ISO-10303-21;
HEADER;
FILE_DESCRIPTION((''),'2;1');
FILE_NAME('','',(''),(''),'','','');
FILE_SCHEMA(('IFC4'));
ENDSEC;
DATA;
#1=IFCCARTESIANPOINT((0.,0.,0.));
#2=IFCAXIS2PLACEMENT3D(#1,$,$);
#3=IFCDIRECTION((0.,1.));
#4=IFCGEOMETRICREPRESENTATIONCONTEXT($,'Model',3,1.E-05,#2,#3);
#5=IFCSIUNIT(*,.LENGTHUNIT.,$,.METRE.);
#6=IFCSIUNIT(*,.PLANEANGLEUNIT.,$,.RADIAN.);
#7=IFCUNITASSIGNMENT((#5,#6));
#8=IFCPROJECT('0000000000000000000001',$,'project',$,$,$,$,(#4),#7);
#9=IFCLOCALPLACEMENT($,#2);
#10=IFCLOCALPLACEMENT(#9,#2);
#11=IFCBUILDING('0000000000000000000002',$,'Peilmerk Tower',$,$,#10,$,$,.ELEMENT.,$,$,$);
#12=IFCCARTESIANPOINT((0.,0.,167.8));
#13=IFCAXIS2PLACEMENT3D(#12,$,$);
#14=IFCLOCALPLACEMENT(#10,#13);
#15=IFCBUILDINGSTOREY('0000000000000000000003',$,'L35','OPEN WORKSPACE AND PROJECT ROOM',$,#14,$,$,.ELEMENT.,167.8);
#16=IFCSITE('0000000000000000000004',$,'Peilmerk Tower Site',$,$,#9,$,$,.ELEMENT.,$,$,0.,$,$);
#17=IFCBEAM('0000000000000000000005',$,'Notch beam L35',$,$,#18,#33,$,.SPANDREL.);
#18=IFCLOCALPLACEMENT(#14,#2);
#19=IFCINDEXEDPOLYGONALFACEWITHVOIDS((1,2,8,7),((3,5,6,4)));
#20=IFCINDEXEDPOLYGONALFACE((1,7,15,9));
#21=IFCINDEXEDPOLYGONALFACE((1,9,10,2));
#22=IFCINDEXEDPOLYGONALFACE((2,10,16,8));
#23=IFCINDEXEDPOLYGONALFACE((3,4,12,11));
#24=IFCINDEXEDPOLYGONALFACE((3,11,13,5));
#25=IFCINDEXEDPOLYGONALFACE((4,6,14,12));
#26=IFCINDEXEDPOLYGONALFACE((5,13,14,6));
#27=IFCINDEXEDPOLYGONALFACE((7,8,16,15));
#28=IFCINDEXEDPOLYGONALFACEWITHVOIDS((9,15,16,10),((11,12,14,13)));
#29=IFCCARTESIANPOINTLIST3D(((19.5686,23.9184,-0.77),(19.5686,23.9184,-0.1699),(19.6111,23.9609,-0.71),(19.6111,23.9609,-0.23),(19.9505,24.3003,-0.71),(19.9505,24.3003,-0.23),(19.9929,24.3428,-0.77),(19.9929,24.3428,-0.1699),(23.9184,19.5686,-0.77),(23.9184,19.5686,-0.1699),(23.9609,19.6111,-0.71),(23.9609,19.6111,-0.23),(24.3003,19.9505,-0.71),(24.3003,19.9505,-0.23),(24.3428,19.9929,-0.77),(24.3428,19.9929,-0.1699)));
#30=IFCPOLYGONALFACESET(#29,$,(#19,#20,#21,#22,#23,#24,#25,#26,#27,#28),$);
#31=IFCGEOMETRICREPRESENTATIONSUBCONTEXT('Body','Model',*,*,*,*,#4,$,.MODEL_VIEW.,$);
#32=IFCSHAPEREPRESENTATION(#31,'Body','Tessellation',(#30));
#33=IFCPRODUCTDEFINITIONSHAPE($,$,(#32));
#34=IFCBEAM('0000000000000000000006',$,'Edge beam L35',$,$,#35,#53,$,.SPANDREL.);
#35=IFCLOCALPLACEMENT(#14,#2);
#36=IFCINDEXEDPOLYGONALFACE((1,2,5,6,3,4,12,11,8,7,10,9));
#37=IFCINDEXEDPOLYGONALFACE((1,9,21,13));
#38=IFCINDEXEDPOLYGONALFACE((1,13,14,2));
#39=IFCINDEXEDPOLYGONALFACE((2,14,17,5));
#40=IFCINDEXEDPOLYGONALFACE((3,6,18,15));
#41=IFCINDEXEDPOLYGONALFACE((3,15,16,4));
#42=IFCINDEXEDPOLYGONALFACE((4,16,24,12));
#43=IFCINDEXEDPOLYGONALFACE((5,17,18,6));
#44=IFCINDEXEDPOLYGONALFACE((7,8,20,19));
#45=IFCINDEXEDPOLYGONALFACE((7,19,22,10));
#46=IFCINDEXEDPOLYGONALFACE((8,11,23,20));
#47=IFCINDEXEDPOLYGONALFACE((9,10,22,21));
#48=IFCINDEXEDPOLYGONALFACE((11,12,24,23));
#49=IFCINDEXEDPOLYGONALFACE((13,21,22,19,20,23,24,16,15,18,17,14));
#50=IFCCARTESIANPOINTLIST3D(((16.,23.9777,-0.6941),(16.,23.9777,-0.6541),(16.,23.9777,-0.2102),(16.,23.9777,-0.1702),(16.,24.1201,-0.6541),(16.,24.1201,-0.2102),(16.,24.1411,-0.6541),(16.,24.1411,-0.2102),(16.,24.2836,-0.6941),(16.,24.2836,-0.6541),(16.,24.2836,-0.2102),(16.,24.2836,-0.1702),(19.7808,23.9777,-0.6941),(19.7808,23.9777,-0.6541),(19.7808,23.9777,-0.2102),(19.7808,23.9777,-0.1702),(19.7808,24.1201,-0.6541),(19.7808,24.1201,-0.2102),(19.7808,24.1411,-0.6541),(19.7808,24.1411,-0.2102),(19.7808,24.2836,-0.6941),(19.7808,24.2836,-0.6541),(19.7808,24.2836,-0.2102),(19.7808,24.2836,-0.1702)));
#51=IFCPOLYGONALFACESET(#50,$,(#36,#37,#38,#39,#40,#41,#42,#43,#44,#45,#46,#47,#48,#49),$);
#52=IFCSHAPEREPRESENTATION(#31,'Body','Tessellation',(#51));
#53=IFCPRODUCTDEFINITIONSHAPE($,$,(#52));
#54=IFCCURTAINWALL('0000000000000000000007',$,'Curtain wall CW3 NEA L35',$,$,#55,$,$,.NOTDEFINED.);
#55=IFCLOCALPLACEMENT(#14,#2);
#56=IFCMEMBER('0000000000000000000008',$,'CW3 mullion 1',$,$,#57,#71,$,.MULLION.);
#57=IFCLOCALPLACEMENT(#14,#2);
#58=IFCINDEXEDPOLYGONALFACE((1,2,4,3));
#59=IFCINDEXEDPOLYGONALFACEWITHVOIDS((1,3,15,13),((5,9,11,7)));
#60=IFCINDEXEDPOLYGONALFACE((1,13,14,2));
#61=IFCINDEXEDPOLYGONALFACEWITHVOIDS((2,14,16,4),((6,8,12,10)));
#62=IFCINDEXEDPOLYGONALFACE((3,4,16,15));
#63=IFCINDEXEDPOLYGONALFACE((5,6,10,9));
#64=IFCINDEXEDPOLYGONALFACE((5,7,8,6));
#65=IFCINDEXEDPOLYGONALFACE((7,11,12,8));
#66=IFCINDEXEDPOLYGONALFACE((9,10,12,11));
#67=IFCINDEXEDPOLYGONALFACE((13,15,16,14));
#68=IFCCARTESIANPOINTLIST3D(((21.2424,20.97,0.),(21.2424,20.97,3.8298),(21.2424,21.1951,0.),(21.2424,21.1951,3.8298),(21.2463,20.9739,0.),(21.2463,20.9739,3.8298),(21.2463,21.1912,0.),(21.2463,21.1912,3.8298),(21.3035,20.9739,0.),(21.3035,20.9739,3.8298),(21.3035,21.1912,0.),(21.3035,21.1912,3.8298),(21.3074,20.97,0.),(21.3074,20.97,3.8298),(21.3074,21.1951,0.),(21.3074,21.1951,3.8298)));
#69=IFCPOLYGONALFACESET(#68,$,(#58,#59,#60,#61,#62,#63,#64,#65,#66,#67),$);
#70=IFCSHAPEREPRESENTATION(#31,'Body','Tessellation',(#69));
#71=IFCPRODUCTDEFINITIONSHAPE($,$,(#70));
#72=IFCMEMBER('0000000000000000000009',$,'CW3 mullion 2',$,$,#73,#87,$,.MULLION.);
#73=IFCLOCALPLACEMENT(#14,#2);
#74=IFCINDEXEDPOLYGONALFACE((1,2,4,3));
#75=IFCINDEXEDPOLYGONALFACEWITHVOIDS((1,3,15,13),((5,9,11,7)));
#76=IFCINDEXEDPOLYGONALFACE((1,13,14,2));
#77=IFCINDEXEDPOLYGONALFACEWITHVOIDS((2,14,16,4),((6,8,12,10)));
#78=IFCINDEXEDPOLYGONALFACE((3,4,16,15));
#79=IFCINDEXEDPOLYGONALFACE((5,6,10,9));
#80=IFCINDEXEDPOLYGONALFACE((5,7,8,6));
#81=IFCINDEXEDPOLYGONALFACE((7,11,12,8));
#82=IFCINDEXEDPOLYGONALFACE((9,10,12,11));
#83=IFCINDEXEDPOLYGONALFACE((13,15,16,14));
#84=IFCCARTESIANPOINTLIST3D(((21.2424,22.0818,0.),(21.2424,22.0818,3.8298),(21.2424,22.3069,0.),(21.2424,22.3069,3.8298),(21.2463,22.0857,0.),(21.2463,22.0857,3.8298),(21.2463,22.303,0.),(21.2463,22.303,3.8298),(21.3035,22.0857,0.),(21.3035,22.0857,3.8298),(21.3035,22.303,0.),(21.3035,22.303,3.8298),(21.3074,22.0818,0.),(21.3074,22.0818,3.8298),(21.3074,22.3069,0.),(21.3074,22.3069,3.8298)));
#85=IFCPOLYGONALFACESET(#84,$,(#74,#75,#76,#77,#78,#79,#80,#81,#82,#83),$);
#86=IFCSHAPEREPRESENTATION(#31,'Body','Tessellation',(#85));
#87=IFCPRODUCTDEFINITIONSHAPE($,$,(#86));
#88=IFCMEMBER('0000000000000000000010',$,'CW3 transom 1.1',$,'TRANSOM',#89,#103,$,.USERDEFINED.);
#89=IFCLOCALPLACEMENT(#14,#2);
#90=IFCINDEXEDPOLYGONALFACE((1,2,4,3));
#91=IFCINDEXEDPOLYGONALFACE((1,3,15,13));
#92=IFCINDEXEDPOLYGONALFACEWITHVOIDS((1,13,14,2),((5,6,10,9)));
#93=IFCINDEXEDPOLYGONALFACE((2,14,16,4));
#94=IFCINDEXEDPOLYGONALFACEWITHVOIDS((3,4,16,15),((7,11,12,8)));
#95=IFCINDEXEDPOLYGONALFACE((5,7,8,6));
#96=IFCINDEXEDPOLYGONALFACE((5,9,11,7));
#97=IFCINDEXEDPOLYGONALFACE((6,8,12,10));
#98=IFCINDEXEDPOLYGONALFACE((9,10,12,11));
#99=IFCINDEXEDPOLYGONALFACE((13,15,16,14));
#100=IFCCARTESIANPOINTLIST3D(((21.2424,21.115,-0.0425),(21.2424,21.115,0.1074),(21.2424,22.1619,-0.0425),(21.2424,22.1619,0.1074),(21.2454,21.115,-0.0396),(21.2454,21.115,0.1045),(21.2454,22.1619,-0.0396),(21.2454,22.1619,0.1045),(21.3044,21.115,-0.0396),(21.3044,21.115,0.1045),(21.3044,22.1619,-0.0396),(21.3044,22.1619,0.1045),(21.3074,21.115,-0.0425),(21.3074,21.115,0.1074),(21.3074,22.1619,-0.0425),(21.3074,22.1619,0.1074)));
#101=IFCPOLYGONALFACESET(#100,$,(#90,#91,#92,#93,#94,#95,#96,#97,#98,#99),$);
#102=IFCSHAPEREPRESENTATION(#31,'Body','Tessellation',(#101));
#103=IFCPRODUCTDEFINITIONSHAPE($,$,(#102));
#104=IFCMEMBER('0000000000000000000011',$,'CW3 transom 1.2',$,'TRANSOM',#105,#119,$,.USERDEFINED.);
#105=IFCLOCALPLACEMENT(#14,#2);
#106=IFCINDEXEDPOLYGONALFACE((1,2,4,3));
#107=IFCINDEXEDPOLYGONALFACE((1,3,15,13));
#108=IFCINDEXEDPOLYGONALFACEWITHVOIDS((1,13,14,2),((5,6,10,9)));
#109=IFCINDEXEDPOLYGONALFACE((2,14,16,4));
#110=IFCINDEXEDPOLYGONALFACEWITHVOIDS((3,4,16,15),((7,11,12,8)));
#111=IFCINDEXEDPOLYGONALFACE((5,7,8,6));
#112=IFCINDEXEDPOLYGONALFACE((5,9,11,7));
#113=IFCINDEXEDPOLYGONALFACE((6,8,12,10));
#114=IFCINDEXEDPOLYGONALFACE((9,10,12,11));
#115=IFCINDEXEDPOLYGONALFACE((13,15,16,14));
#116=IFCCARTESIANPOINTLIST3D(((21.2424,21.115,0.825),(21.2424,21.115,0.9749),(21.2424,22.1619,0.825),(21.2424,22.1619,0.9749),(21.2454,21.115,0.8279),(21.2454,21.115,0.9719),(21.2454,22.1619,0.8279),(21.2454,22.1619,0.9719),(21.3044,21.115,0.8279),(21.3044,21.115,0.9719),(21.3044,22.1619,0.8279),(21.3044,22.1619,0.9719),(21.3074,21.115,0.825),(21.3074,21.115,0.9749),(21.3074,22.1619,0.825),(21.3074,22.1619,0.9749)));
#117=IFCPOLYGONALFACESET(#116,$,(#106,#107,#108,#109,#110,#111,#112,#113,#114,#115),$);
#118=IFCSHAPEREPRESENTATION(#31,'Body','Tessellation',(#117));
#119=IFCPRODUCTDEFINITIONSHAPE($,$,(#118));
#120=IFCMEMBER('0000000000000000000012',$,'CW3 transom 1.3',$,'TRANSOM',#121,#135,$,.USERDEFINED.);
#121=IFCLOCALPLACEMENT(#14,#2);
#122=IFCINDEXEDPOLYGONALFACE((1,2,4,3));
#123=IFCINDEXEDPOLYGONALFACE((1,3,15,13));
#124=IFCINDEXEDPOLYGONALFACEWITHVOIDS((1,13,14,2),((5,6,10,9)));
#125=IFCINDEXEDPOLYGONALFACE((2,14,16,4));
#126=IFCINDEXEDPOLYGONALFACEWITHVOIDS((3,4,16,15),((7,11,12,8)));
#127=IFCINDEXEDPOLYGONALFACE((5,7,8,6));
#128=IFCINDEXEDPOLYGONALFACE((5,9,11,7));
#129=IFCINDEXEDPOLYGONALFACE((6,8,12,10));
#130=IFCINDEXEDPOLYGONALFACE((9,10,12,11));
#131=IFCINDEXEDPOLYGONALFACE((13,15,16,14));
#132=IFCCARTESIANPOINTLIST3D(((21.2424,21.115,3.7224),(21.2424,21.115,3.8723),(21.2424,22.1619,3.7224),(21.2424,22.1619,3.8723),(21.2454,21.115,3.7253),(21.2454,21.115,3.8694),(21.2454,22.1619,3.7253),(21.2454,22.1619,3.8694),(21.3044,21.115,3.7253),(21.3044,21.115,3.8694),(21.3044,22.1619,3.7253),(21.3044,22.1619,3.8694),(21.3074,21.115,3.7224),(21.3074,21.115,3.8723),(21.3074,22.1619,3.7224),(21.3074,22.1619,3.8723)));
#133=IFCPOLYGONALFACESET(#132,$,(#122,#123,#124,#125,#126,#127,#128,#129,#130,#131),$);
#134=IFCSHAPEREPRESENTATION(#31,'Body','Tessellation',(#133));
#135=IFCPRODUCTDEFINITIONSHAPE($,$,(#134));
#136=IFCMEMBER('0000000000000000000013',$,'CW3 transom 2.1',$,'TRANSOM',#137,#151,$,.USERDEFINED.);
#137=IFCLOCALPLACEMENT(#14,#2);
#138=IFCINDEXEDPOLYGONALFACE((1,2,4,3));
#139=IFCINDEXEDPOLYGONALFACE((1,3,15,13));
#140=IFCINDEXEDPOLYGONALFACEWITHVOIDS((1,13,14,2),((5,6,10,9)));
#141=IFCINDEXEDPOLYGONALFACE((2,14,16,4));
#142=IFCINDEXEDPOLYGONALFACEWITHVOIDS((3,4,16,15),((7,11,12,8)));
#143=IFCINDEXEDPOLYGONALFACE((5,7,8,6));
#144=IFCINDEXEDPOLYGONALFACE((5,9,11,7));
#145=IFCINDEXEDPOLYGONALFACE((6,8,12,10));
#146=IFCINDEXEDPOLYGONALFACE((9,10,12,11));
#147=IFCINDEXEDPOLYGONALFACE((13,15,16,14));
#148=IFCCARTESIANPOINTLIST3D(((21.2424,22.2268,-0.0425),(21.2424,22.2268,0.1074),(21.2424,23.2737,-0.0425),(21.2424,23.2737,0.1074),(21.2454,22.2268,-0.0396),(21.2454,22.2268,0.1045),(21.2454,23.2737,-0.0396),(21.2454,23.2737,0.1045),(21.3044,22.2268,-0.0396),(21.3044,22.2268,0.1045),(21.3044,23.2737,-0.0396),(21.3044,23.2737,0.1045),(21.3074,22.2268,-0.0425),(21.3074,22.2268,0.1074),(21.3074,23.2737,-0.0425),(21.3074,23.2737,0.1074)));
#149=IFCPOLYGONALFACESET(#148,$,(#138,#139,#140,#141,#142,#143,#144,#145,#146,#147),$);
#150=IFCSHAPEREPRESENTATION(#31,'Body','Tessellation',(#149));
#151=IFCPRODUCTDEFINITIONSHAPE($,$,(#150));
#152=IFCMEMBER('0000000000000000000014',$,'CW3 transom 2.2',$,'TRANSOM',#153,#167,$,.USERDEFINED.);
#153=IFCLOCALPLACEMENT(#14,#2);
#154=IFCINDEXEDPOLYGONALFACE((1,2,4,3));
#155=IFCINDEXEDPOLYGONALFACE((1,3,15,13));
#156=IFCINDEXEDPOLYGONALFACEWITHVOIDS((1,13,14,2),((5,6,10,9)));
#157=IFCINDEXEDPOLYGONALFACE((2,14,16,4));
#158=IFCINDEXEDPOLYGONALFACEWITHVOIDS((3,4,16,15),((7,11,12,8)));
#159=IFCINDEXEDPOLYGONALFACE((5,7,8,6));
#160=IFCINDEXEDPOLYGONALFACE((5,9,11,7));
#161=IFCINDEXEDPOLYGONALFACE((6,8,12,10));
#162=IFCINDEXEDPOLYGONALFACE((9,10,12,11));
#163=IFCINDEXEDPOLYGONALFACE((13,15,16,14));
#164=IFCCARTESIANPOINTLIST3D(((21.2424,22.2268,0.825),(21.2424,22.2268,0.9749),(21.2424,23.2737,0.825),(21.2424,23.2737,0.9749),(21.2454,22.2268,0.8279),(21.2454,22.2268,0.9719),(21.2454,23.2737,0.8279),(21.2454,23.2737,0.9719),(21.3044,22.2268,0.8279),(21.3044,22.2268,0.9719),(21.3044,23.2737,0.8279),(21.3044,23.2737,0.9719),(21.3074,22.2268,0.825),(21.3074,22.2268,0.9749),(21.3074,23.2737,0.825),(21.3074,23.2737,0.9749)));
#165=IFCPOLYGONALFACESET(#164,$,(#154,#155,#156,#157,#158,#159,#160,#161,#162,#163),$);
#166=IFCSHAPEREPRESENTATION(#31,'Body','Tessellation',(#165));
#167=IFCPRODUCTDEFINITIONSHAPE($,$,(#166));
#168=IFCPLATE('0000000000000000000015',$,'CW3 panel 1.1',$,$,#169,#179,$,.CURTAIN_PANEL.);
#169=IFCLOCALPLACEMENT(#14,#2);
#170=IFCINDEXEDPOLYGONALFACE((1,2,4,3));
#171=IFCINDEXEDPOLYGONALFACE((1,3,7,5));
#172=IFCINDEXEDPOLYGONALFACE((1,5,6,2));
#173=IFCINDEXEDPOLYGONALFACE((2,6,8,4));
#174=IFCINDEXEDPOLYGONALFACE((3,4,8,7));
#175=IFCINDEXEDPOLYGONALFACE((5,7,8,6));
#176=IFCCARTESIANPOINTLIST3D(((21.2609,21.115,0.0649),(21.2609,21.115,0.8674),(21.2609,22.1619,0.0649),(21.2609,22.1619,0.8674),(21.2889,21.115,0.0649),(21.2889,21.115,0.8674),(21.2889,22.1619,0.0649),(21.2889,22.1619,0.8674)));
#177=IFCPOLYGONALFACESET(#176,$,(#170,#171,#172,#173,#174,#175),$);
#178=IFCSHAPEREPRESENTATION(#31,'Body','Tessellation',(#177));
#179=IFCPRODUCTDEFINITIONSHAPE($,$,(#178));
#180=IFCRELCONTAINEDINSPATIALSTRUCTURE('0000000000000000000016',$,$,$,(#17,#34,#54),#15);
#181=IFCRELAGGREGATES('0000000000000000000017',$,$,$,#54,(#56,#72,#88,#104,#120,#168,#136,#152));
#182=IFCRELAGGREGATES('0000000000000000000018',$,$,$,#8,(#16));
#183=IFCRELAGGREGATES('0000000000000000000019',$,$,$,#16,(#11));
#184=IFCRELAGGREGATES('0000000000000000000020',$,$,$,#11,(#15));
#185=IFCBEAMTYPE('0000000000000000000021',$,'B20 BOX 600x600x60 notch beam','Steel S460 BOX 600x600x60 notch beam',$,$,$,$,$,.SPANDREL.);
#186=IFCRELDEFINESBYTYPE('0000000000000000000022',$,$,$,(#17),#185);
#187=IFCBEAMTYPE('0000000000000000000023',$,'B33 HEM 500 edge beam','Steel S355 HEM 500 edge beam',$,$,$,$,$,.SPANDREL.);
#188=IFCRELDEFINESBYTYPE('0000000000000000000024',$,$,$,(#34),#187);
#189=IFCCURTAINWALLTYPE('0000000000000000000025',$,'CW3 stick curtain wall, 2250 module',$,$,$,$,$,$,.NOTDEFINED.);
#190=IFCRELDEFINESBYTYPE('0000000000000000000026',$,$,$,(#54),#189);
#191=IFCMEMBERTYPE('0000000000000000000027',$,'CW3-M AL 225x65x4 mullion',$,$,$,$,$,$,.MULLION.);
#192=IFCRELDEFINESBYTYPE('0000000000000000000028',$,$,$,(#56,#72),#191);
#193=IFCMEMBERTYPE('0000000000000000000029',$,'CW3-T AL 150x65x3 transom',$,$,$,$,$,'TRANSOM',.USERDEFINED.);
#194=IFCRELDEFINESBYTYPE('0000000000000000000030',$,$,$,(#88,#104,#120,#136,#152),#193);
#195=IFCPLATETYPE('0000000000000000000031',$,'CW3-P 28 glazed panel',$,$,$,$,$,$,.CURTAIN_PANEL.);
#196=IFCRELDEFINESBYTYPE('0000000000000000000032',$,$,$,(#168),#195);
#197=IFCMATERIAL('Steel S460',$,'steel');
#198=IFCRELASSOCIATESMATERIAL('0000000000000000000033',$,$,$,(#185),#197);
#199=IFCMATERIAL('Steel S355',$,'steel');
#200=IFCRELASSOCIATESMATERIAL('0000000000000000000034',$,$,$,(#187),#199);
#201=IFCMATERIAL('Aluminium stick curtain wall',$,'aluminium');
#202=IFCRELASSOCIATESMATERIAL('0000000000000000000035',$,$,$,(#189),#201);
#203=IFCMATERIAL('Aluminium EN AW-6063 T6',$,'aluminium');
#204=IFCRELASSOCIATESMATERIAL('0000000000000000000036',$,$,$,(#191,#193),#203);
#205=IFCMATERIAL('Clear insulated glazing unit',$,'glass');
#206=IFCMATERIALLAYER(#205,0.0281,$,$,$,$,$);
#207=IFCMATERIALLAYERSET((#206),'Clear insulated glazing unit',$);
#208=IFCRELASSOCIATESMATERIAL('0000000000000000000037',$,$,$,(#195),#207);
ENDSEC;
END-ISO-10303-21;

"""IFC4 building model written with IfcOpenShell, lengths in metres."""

from ifc_helpers import new_model, si_unit, direction, frame, origin, origin_2d, place, context, subcontext, project, spatial, rectangle, hollow_rectangle, i_section, extrude, material, layer, layer_set, material_profile, profile_set, type_object, element, aggregate, save


model = new_model("IFC4")

# Units and contexts
model_context = context("Model", 3, precision=1e-05, world=origin(), true_north=direction((0.0, 1.0)))
body_context = subcontext(model_context, "Body", "Model", "MODEL_VIEW")
ifc_project = project(units=[si_unit("LENGTHUNIT", "METRE"), si_unit("PLANEANGLEUNIT", "RADIAN")], contexts=[model_context])

# Site, building, storey
site_placement = place(None, origin())
site = spatial("IfcSite", under=ifc_project, at=site_placement, Name="Peilmerk Tower Site", CompositionType="ELEMENT", RefElevation=0.0)
building_placement = place(site_placement, origin())
building = spatial("IfcBuilding", under=site, at=building_placement, Name="Peilmerk Tower", CompositionType="ELEMENT")
storey_placement = place(building_placement, frame((0.0, 0.0, 167.8)))
storey = spatial("IfcBuildingStorey", under=building, at=storey_placement, Name="L35", Description="OPEN WORKSPACE AND PROJECT ROOM", CompositionType="ELEMENT", Elevation=167.8)

# Shared definitions
ifc_material_1 = material(Name="Steel S460", Category="steel")

# Beams
ifc_material_2 = material(Name="Steel S355", Category="steel")
ifc_material_profile_1 = material_profile(ifc_material_1, hollow_rectangle(XDim=0.6001, YDim=0.6001, WallThickness=0.0601, at=origin_2d()), Name="BOX 600x600x60")
ifc_profile_set_1 = profile_set([ifc_material_profile_1], Name="Steel S460")
beam_type_1 = type_object("IfcBeamType", Name="B20 BOX 600x600x60 notch beam", Description="Steel S460 BOX 600x600x60 notch beam", PredefinedType="SPANDREL", material=ifc_profile_set_1)
beam_1_placement = place(storey_placement, frame((19.7808, 24.1306, -0.47), z_axis=(0.707107, -0.707107, 0.0), x_axis=(0.707107, 0.707107, 0.0)))
element("IfcBeam", 1, at=beam_1_placement, inside=storey, type_object=beam_type_1, Name="Notch beam L35", PredefinedType="SPANDREL", context=body_context, shape_type="SweptSolid", body=[
    extrude(hollow_rectangle(XDim=0.6001, YDim=0.6001, WallThickness=0.0601, at=origin_2d()), origin(), (0.0, 0.0, 1.0), 6.1516),
])
ifc_material_profile_2 = material_profile(ifc_material_2, i_section(OverallWidth=0.3059, OverallDepth=0.5239, WebThickness=0.021, FlangeThickness=0.04, at=origin_2d()), Name="HEM 500")
ifc_profile_set_2 = profile_set([ifc_material_profile_2], Name="Steel S355")
beam_type_2 = type_object("IfcBeamType", Name="B33 HEM 500 edge beam", Description="Steel S355 HEM 500 edge beam", PredefinedType="SPANDREL", material=ifc_profile_set_2)
beam_2_placement = place(storey_placement, frame((19.7808, 24.1306, -0.4321), z_axis=(-1.0, 0.0, 0.0), x_axis=(0.0, -1.0, 0.0)))
element("IfcBeam", 2, at=beam_2_placement, inside=storey, type_object=beam_type_2, Name="Edge beam L35", PredefinedType="SPANDREL", context=body_context, shape_type="SweptSolid", body=[
    extrude(i_section(OverallWidth=0.3059, OverallDepth=0.5239, WebThickness=0.021, FlangeThickness=0.04, at=origin_2d()), origin(), (0.0, 0.0, 1.0), 3.7808),
])

# Curtain wall, members, plate
ifc_material_3 = material(Name="Aluminium stick curtain wall", Category="aluminium")
curtain_wall_type = type_object("IfcCurtainWallType", Name="CW3 stick curtain wall, 2250 module", PredefinedType="NOTDEFINED", material=ifc_material_3)
curtain_wall_placement = place(storey_placement, origin())
curtain_wall = element("IfcCurtainWall", 3, at=curtain_wall_placement, inside=storey, type_object=curtain_wall_type, Name="Curtain wall CW3 NEA L35", PredefinedType="NOTDEFINED")
ifc_material_4 = material(Name="Aluminium EN AW-6063 T6", Category="aluminium")
ifc_material_profile_3 = material_profile(ifc_material_4, hollow_rectangle(XDim=0.0649, YDim=0.2251, WallThickness=0.0039, at=origin_2d()), Name="AL 225x65x4")
ifc_profile_set_3 = profile_set([ifc_material_profile_3], Name="Aluminium EN AW-6063 T6")
member_type_1 = type_object("IfcMemberType", Name="CW3-M AL 225x65x4 mullion", PredefinedType="MULLION", material=ifc_profile_set_3)
member_1_placement = place(storey_placement, frame((21.2749, 21.0825, 0.0), z_axis=(0.0, 0.0, 1.0), x_axis=(-1.0, 0.0, 0.0)))
member_1 = element("IfcMember", 4, at=member_1_placement, type_object=member_type_1, Name="CW3 mullion 1", PredefinedType="MULLION", context=body_context, shape_type="SweptSolid", body=[
    extrude(hollow_rectangle(XDim=0.0649, YDim=0.2251, WallThickness=0.0039, at=origin_2d()), origin(), (0.0, 0.0, 1.0), 3.8298),
])
member_2_placement = place(storey_placement, frame((21.2749, 22.1943, 0.0), z_axis=(0.0, 0.0, 1.0), x_axis=(-1.0, 0.0, 0.0)))
member_2 = element("IfcMember", 5, at=member_2_placement, type_object=member_type_1, Name="CW3 mullion 2", PredefinedType="MULLION", context=body_context, shape_type="SweptSolid", body=[
    extrude(hollow_rectangle(XDim=0.0649, YDim=0.2251, WallThickness=0.0039, at=origin_2d()), origin(), (0.0, 0.0, 1.0), 3.8298),
])
ifc_material_profile_4 = material_profile(ifc_material_4, hollow_rectangle(XDim=0.0649, YDim=0.1499, WallThickness=0.0029, at=origin_2d()), Name="AL 150x65x3")
ifc_profile_set_4 = profile_set([ifc_material_profile_4], Name="Aluminium EN AW-6063 T6")
member_type_2 = type_object("IfcMemberType", Name="CW3-T AL 150x65x3 transom", ElementType="TRANSOM", PredefinedType="USERDEFINED", material=ifc_profile_set_4)
member_3_placement = place(storey_placement, frame((21.2749, 21.115, 0.0325), z_axis=(0.0, 1.0, 0.0), x_axis=(-1.0, 0.0, 0.0)))
member_3 = element("IfcMember", 6, at=member_3_placement, type_object=member_type_2, Name="CW3 transom 1.1", ObjectType="TRANSOM", PredefinedType="USERDEFINED", context=body_context, shape_type="SweptSolid", body=[
    extrude(hollow_rectangle(XDim=0.0649, YDim=0.1499, WallThickness=0.0029, at=origin_2d()), origin(), (0.0, 0.0, 1.0), 1.0469),
])
member_4_placement = place(storey_placement, frame((21.2749, 21.115, 0.8999), z_axis=(0.0, 1.0, 0.0), x_axis=(-1.0, 0.0, 0.0)))
member_4 = element("IfcMember", 7, at=member_4_placement, type_object=member_type_2, Name="CW3 transom 1.2", ObjectType="TRANSOM", PredefinedType="USERDEFINED", context=body_context, shape_type="SweptSolid", body=[
    extrude(hollow_rectangle(XDim=0.0649, YDim=0.1499, WallThickness=0.0029, at=origin_2d()), origin(), (0.0, 0.0, 1.0), 1.0469),
])
member_5_placement = place(storey_placement, frame((21.2749, 21.115, 3.7974), z_axis=(0.0, 1.0, 0.0), x_axis=(-1.0, 0.0, 0.0)))
member_5 = element("IfcMember", 8, at=member_5_placement, type_object=member_type_2, Name="CW3 transom 1.3", ObjectType="TRANSOM", PredefinedType="USERDEFINED", context=body_context, shape_type="SweptSolid", body=[
    extrude(hollow_rectangle(XDim=0.0649, YDim=0.1499, WallThickness=0.0029, at=origin_2d()), origin(), (0.0, 0.0, 1.0), 1.0469),
])
member_6_placement = place(storey_placement, frame((21.2749, 22.2268, 0.0325), z_axis=(0.0, 1.0, 0.0), x_axis=(-1.0, 0.0, 0.0)))
member_6 = element("IfcMember", 9, at=member_6_placement, type_object=member_type_2, Name="CW3 transom 2.1", ObjectType="TRANSOM", PredefinedType="USERDEFINED", context=body_context, shape_type="SweptSolid", body=[
    extrude(hollow_rectangle(XDim=0.0649, YDim=0.1499, WallThickness=0.0029, at=origin_2d()), origin(), (0.0, 0.0, 1.0), 1.0469),
])
member_7_placement = place(storey_placement, frame((21.2749, 22.2268, 0.8999), z_axis=(0.0, 1.0, 0.0), x_axis=(-1.0, 0.0, 0.0)))
member_7 = element("IfcMember", 10, at=member_7_placement, type_object=member_type_2, Name="CW3 transom 2.2", ObjectType="TRANSOM", PredefinedType="USERDEFINED", context=body_context, shape_type="SweptSolid", body=[
    extrude(hollow_rectangle(XDim=0.0649, YDim=0.1499, WallThickness=0.0029, at=origin_2d()), origin(), (0.0, 0.0, 1.0), 1.0469),
])
ifc_material_5 = material(Name="Clear insulated glazing unit", Category="glass")
ifc_layer_1 = layer(ifc_material_5, 0.0281)
ifc_layer_set_1 = layer_set([ifc_layer_1], Name="Clear insulated glazing unit")
plate_type = type_object("IfcPlateType", Name="CW3-P 28 glazed panel", PredefinedType="CURTAIN_PANEL", material=ifc_layer_set_1)
plate_1_placement = place(storey_placement, frame((21.2749, 21.6384, 0.0649), z_axis=(0.0, 0.0, 1.0), x_axis=(0.0, 1.0, 0.0)))
plate_1 = element("IfcPlate", 11, at=plate_1_placement, type_object=plate_type, Name="CW3 panel 1.1", PredefinedType="CURTAIN_PANEL", context=body_context, shape_type="SweptSolid", body=[
    extrude(rectangle(XDim=1.0469, YDim=0.0281, at=origin_2d()), origin(), (0.0, 0.0, 1.0), 0.8025),
])
aggregate(curtain_wall, [member_1, member_2, member_3, member_4, member_5, plate_1, member_6, member_7])

save(model, "model.ifc")
